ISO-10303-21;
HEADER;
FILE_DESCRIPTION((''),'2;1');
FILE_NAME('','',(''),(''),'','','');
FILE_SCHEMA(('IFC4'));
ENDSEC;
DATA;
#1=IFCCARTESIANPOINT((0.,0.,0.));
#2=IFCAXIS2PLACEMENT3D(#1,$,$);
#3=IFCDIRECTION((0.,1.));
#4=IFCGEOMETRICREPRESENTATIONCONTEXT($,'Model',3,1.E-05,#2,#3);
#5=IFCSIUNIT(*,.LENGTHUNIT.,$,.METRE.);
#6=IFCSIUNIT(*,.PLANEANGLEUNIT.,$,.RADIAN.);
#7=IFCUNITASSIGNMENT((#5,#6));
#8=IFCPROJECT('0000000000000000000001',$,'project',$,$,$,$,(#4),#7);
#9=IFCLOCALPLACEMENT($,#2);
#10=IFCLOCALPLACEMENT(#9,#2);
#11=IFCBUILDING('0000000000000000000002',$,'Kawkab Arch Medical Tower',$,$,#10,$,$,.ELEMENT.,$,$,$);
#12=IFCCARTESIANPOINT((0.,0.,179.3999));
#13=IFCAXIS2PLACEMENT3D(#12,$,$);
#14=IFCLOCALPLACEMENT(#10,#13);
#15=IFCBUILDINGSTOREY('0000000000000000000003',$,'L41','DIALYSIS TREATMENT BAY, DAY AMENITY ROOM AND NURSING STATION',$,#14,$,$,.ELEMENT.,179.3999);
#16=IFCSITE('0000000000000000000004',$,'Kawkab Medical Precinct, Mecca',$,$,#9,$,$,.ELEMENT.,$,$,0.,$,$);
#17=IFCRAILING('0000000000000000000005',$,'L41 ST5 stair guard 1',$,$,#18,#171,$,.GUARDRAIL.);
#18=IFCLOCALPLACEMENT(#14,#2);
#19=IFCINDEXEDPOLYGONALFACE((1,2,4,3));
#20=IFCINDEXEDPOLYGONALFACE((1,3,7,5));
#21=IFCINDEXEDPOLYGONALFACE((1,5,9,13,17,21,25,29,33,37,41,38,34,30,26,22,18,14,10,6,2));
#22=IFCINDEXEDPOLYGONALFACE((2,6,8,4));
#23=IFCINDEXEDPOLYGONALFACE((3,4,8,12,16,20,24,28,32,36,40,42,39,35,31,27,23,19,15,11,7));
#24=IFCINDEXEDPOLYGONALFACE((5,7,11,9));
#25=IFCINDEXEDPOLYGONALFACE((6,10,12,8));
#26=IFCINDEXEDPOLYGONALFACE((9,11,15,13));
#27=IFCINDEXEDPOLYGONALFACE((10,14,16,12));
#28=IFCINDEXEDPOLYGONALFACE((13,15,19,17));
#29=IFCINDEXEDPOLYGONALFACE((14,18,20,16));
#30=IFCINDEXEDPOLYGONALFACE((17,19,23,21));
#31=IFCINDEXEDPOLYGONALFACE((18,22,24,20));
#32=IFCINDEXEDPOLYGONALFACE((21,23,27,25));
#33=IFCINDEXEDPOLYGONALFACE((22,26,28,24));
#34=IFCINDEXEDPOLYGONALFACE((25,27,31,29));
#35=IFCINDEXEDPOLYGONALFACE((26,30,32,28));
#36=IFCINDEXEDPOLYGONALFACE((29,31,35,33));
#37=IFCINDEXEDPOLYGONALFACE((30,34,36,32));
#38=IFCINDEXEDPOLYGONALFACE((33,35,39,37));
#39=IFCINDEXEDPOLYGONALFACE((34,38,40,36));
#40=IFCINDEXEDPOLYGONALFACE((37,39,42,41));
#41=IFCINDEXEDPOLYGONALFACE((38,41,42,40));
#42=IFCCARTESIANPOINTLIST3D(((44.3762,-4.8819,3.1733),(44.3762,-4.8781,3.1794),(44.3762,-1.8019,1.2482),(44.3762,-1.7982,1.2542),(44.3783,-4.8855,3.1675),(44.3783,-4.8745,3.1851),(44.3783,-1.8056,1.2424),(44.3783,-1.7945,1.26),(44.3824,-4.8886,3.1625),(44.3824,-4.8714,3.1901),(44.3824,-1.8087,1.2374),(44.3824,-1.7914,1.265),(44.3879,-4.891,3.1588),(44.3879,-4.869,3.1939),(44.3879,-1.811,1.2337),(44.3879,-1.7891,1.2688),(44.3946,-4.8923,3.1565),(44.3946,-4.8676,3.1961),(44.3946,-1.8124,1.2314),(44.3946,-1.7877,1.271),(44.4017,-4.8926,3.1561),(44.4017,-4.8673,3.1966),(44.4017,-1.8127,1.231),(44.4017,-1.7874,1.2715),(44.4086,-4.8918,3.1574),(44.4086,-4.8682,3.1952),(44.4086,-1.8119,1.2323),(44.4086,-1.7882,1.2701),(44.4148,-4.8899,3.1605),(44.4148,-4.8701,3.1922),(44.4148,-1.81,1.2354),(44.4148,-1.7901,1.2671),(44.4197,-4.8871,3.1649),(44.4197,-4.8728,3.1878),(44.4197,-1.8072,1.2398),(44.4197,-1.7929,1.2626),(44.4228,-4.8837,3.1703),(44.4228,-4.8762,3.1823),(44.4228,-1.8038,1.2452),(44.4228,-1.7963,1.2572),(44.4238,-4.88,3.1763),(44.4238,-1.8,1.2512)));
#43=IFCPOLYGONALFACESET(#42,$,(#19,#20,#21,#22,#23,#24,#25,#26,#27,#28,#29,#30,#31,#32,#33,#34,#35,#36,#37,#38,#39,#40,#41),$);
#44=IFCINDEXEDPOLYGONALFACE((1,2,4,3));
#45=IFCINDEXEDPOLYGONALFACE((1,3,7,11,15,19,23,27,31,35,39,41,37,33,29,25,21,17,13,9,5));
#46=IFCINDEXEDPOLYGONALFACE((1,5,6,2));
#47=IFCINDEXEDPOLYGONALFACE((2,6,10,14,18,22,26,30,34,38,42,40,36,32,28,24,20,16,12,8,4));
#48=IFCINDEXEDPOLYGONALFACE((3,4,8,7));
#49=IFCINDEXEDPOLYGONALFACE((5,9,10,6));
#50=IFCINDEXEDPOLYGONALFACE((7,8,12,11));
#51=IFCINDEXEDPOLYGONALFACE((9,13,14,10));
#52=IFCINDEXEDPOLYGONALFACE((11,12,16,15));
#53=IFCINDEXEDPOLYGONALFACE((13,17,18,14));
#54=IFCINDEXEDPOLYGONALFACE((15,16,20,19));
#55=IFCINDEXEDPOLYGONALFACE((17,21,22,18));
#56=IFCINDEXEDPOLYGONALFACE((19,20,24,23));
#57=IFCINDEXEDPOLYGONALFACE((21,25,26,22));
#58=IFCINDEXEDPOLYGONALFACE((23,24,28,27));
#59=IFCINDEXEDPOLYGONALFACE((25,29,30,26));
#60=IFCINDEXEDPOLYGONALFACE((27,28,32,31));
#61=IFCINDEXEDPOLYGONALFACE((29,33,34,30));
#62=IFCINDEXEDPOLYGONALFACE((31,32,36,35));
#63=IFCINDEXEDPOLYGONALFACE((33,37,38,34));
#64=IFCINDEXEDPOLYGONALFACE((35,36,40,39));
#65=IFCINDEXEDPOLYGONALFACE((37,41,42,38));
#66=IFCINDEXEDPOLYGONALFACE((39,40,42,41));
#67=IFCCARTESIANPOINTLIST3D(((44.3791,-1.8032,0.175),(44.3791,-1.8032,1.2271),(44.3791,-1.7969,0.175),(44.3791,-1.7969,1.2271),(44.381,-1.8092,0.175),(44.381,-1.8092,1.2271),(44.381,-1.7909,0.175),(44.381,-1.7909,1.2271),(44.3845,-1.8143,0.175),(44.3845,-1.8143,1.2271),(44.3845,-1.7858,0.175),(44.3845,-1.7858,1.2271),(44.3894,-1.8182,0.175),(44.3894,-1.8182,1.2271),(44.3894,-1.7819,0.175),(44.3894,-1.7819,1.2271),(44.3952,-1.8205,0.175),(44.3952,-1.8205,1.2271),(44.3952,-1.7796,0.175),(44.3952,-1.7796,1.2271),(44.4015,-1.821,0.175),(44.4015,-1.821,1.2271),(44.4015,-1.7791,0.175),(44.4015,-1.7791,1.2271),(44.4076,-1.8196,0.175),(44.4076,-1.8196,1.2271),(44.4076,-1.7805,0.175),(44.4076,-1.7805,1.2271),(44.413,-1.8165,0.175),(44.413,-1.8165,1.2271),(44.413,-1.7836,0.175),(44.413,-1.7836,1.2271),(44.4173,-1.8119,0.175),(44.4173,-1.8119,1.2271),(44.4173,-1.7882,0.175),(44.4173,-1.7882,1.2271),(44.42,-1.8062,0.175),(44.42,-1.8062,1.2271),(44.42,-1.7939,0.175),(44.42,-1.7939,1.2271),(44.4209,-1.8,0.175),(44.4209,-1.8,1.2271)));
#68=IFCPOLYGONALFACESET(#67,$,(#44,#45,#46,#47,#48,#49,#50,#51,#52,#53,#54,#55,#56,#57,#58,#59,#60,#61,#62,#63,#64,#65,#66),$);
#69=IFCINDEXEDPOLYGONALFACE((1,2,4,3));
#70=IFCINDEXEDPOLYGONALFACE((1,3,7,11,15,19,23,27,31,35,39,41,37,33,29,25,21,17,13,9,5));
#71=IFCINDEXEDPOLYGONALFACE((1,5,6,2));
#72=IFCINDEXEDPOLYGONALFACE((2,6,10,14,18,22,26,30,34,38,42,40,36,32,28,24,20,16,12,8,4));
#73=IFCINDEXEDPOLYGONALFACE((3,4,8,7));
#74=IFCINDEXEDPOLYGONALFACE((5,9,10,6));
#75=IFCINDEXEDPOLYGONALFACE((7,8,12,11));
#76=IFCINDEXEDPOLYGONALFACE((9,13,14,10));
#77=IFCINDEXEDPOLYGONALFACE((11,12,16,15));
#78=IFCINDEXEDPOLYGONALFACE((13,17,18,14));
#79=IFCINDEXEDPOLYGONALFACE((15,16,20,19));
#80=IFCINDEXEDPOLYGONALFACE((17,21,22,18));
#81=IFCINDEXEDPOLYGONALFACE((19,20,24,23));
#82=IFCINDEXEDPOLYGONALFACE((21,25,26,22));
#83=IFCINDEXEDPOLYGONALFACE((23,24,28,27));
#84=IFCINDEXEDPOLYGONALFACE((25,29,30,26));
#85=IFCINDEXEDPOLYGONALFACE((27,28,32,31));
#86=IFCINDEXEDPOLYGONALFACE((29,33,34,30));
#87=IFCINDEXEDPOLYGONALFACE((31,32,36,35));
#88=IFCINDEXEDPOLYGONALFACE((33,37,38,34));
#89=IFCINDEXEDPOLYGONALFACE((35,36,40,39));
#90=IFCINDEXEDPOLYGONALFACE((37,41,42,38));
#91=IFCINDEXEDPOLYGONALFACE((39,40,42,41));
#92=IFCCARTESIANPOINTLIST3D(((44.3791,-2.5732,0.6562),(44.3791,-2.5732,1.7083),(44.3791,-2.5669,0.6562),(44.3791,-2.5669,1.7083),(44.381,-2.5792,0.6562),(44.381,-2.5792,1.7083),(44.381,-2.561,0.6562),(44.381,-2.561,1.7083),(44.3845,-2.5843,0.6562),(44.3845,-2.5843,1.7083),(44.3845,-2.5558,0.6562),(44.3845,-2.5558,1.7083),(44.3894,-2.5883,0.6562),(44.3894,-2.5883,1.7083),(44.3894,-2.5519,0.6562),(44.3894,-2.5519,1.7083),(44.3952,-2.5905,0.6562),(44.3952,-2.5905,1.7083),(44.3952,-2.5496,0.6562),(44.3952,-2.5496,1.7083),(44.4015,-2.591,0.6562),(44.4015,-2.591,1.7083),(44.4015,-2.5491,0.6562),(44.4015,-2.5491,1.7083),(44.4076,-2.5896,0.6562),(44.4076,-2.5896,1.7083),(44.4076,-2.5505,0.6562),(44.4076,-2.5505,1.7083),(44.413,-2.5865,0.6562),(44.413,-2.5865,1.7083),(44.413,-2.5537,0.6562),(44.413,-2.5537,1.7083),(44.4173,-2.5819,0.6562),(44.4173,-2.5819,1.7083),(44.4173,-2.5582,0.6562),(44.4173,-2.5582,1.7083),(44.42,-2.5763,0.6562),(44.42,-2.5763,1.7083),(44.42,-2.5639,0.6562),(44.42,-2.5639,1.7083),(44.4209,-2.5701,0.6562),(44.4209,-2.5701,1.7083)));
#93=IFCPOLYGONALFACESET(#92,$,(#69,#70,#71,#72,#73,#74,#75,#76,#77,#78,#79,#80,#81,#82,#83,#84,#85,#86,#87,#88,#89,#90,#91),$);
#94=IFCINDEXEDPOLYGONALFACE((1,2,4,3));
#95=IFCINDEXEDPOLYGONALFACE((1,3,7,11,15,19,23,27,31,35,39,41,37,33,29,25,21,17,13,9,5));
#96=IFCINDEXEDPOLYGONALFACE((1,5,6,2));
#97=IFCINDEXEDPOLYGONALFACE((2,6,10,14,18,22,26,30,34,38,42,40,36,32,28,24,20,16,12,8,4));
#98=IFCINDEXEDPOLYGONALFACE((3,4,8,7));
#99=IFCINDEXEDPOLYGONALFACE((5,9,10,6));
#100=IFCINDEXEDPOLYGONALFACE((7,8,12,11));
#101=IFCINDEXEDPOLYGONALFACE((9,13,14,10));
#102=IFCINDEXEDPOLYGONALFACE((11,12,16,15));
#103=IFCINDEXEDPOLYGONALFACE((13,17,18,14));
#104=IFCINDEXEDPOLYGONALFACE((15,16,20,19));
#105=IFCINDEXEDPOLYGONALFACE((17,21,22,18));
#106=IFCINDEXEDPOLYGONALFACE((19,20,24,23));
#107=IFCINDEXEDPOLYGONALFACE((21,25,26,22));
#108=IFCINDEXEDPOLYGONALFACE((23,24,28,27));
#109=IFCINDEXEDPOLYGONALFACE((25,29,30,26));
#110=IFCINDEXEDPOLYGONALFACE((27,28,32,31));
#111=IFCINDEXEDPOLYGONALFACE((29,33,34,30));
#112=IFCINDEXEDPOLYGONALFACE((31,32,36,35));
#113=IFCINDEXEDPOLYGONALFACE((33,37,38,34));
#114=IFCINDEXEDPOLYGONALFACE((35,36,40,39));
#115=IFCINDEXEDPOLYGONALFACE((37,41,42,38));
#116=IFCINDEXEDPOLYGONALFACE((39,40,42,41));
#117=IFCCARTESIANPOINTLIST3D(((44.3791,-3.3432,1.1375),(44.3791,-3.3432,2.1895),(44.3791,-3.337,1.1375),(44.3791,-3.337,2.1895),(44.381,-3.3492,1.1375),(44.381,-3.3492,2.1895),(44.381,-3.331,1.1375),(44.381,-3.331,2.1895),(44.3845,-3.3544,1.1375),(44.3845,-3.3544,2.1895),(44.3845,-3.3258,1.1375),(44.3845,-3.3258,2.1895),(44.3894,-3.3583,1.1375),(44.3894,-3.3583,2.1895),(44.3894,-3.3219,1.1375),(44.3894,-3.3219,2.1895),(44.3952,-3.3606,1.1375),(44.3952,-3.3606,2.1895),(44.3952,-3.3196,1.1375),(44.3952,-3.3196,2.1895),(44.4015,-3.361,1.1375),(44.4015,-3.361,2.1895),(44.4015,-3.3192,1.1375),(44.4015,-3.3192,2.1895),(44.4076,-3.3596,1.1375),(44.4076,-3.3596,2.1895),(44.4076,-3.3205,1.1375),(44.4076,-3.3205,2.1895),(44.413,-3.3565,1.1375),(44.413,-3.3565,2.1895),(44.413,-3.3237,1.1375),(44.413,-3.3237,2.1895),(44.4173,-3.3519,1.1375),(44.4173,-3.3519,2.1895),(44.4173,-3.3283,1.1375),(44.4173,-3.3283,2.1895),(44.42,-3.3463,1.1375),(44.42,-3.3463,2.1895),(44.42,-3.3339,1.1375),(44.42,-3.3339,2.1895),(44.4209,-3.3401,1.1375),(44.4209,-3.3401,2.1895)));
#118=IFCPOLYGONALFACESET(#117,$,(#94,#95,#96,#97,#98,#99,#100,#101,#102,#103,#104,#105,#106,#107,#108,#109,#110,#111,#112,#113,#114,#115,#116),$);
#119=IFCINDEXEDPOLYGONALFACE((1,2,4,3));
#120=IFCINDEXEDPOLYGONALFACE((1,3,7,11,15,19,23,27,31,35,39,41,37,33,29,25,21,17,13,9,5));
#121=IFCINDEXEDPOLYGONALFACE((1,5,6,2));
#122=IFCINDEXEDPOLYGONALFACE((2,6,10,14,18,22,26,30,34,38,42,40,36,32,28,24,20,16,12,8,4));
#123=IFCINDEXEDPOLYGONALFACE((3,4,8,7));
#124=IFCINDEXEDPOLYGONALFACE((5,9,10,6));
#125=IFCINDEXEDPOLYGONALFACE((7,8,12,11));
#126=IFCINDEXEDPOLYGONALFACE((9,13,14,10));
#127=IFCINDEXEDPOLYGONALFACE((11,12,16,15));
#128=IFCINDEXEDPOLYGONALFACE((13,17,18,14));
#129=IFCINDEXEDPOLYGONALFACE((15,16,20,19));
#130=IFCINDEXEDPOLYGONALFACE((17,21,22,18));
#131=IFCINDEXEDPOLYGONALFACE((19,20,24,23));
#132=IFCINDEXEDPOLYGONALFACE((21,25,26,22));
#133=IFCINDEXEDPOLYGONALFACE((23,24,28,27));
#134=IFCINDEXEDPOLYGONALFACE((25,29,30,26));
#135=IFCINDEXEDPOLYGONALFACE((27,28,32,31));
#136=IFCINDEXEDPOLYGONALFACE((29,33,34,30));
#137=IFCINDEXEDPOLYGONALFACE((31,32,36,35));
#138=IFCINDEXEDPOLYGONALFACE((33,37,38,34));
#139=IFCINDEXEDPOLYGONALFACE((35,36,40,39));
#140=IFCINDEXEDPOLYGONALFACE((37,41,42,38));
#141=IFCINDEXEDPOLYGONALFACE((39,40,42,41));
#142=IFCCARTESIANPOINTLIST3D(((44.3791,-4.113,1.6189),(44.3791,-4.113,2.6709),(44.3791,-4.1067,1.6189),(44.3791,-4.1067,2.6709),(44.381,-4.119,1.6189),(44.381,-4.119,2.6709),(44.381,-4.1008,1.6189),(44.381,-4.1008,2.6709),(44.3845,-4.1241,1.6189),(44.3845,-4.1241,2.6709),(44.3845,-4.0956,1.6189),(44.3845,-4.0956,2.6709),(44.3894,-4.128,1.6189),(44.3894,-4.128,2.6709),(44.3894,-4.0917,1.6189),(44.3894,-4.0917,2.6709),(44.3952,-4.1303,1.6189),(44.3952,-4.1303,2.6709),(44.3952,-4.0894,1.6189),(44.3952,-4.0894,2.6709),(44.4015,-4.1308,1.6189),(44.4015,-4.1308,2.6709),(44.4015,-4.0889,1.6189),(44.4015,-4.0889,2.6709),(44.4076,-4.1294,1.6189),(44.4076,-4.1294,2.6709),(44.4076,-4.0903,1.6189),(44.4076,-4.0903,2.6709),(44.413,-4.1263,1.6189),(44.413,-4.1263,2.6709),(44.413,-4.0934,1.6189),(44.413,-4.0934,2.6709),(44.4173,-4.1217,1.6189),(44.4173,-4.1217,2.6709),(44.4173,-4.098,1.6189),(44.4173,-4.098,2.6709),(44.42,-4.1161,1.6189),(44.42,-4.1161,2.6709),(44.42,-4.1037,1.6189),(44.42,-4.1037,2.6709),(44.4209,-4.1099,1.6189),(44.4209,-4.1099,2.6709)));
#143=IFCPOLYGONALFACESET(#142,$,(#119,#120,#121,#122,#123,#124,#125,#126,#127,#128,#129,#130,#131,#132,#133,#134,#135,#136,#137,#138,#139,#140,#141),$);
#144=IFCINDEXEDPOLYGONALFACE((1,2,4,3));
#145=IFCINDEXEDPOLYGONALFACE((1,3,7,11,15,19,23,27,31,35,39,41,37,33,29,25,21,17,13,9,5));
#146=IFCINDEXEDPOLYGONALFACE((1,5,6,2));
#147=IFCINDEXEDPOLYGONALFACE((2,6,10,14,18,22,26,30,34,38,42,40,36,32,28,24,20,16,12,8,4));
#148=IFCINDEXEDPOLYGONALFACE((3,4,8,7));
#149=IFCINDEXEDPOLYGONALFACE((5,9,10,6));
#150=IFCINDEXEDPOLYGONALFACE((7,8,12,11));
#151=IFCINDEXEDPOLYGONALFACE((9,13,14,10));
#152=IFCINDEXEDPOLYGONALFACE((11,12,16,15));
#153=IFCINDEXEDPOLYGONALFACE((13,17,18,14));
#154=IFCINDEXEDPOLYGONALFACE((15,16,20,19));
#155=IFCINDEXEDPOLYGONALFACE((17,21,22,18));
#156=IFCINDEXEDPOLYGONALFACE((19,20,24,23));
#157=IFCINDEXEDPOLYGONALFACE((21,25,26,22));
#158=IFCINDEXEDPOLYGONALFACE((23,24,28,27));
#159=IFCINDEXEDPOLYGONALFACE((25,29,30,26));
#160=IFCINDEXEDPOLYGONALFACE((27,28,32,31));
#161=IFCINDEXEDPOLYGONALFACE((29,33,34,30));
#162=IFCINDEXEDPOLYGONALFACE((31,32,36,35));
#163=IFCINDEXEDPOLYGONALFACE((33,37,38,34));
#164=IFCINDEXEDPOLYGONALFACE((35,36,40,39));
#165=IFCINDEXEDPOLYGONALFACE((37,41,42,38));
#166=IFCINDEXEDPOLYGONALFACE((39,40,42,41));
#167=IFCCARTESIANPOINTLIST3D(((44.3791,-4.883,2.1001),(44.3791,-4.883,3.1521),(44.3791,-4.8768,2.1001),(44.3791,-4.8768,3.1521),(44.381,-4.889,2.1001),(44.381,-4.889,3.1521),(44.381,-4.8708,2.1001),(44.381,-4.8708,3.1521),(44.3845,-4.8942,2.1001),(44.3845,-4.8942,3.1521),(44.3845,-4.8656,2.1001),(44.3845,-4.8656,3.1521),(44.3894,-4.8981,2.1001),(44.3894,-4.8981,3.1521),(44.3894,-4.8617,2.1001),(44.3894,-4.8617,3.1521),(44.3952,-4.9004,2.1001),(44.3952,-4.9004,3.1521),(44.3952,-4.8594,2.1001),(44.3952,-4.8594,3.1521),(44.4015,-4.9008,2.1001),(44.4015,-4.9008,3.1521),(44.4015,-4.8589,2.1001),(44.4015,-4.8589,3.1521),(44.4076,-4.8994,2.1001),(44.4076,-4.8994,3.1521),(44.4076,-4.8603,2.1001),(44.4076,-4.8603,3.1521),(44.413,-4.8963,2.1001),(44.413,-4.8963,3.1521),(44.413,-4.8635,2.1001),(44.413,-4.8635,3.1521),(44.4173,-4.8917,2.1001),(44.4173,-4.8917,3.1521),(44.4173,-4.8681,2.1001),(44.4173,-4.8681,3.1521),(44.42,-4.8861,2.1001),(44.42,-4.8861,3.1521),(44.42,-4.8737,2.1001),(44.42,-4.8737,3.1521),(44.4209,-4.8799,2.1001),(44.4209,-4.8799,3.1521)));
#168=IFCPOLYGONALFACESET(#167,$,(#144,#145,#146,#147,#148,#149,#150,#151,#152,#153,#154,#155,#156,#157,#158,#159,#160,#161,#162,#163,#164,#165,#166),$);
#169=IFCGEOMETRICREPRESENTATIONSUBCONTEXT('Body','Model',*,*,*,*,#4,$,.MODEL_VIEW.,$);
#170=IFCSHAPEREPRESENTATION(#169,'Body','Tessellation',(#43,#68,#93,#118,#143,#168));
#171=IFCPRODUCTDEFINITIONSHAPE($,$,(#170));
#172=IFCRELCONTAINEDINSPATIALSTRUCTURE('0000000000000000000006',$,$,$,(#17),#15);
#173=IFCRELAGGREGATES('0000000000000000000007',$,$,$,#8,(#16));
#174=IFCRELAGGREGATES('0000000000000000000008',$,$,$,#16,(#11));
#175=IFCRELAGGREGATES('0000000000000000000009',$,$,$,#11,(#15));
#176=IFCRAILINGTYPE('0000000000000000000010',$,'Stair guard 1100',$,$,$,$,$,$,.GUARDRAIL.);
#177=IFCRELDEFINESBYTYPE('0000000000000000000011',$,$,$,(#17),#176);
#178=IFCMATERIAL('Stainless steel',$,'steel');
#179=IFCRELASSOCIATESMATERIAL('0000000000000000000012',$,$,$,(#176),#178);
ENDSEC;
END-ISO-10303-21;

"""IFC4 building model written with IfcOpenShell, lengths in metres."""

from ifc_helpers import new_model, si_unit, direction, frame, origin, origin_2d, place, context, subcontext, project, spatial, circle, extrude, material, type_object, element, save


model = new_model("IFC4")

# Units and contexts
model_context = context("Model", 3, precision=1e-05, world=origin(), true_north=direction((0.0, 1.0)))
body_context = subcontext(model_context, "Body", "Model", "MODEL_VIEW")
ifc_project = project(units=[si_unit("LENGTHUNIT", "METRE"), si_unit("PLANEANGLEUNIT", "RADIAN")], contexts=[model_context])

# Site, building, storey
site_placement = place(None, origin())
site = spatial("IfcSite", under=ifc_project, at=site_placement, Name="Kawkab Medical Precinct, Mecca", CompositionType="ELEMENT", RefElevation=0.0)
building_placement = place(site_placement, origin())
building = spatial("IfcBuilding", under=site, at=building_placement, Name="Kawkab Arch Medical Tower", CompositionType="ELEMENT")
storey_placement = place(building_placement, frame((0.0, 0.0, 179.3999)))
storey = spatial("IfcBuildingStorey", under=building, at=storey_placement, Name="L41", Description="DIALYSIS TREATMENT BAY, DAY AMENITY ROOM AND NURSING STATION", CompositionType="ELEMENT", Elevation=179.3999)

# Railing
ifc_material_1 = material(Name="Stainless steel", Category="steel")
railing_type = type_object("IfcRailingType", Name="Stair guard 1100", PredefinedType="GUARDRAIL", material=ifc_material_1)
railing_1_placement = place(storey_placement, frame((44.3999, -1.8, 0.175)))
element("IfcRailing", 1, at=railing_1_placement, inside=storey, type_object=railing_type, Name="L41 ST5 stair guard 1", PredefinedType="GUARDRAIL", context=body_context, shape_type="SweptSolid", body=[
    extrude(circle(Radius=0.0239, at=origin_2d()), frame((0.0, 0.0, 1.0762), z_axis=(0.0, -0.847979, 0.530029), x_axis=(1.0, 0.0, 0.0)), (0.0, 0.0, 1.0), 3.6321),
    extrude(circle(Radius=0.021, at=origin_2d()), origin(), (0.0, 0.0, 1.0), 1.052),
    extrude(circle(Radius=0.021, at=origin_2d()), frame((0.0, -0.77, 0.4812)), (0.0, 0.0, 1.0), 1.052),
    extrude(circle(Radius=0.021, at=origin_2d()), frame((0.0, -1.54, 0.9624)), (0.0, 0.0, 1.0), 1.052),
    extrude(circle(Radius=0.021, at=origin_2d()), frame((0.0, -2.3098, 1.4438)), (0.0, 0.0, 1.0), 1.052),
    extrude(circle(Radius=0.021, at=origin_2d()), frame((0.0, -3.0798, 1.925)), (0.0, 0.0, 1.0), 1.052),
])

save(model, "model.ifc")
